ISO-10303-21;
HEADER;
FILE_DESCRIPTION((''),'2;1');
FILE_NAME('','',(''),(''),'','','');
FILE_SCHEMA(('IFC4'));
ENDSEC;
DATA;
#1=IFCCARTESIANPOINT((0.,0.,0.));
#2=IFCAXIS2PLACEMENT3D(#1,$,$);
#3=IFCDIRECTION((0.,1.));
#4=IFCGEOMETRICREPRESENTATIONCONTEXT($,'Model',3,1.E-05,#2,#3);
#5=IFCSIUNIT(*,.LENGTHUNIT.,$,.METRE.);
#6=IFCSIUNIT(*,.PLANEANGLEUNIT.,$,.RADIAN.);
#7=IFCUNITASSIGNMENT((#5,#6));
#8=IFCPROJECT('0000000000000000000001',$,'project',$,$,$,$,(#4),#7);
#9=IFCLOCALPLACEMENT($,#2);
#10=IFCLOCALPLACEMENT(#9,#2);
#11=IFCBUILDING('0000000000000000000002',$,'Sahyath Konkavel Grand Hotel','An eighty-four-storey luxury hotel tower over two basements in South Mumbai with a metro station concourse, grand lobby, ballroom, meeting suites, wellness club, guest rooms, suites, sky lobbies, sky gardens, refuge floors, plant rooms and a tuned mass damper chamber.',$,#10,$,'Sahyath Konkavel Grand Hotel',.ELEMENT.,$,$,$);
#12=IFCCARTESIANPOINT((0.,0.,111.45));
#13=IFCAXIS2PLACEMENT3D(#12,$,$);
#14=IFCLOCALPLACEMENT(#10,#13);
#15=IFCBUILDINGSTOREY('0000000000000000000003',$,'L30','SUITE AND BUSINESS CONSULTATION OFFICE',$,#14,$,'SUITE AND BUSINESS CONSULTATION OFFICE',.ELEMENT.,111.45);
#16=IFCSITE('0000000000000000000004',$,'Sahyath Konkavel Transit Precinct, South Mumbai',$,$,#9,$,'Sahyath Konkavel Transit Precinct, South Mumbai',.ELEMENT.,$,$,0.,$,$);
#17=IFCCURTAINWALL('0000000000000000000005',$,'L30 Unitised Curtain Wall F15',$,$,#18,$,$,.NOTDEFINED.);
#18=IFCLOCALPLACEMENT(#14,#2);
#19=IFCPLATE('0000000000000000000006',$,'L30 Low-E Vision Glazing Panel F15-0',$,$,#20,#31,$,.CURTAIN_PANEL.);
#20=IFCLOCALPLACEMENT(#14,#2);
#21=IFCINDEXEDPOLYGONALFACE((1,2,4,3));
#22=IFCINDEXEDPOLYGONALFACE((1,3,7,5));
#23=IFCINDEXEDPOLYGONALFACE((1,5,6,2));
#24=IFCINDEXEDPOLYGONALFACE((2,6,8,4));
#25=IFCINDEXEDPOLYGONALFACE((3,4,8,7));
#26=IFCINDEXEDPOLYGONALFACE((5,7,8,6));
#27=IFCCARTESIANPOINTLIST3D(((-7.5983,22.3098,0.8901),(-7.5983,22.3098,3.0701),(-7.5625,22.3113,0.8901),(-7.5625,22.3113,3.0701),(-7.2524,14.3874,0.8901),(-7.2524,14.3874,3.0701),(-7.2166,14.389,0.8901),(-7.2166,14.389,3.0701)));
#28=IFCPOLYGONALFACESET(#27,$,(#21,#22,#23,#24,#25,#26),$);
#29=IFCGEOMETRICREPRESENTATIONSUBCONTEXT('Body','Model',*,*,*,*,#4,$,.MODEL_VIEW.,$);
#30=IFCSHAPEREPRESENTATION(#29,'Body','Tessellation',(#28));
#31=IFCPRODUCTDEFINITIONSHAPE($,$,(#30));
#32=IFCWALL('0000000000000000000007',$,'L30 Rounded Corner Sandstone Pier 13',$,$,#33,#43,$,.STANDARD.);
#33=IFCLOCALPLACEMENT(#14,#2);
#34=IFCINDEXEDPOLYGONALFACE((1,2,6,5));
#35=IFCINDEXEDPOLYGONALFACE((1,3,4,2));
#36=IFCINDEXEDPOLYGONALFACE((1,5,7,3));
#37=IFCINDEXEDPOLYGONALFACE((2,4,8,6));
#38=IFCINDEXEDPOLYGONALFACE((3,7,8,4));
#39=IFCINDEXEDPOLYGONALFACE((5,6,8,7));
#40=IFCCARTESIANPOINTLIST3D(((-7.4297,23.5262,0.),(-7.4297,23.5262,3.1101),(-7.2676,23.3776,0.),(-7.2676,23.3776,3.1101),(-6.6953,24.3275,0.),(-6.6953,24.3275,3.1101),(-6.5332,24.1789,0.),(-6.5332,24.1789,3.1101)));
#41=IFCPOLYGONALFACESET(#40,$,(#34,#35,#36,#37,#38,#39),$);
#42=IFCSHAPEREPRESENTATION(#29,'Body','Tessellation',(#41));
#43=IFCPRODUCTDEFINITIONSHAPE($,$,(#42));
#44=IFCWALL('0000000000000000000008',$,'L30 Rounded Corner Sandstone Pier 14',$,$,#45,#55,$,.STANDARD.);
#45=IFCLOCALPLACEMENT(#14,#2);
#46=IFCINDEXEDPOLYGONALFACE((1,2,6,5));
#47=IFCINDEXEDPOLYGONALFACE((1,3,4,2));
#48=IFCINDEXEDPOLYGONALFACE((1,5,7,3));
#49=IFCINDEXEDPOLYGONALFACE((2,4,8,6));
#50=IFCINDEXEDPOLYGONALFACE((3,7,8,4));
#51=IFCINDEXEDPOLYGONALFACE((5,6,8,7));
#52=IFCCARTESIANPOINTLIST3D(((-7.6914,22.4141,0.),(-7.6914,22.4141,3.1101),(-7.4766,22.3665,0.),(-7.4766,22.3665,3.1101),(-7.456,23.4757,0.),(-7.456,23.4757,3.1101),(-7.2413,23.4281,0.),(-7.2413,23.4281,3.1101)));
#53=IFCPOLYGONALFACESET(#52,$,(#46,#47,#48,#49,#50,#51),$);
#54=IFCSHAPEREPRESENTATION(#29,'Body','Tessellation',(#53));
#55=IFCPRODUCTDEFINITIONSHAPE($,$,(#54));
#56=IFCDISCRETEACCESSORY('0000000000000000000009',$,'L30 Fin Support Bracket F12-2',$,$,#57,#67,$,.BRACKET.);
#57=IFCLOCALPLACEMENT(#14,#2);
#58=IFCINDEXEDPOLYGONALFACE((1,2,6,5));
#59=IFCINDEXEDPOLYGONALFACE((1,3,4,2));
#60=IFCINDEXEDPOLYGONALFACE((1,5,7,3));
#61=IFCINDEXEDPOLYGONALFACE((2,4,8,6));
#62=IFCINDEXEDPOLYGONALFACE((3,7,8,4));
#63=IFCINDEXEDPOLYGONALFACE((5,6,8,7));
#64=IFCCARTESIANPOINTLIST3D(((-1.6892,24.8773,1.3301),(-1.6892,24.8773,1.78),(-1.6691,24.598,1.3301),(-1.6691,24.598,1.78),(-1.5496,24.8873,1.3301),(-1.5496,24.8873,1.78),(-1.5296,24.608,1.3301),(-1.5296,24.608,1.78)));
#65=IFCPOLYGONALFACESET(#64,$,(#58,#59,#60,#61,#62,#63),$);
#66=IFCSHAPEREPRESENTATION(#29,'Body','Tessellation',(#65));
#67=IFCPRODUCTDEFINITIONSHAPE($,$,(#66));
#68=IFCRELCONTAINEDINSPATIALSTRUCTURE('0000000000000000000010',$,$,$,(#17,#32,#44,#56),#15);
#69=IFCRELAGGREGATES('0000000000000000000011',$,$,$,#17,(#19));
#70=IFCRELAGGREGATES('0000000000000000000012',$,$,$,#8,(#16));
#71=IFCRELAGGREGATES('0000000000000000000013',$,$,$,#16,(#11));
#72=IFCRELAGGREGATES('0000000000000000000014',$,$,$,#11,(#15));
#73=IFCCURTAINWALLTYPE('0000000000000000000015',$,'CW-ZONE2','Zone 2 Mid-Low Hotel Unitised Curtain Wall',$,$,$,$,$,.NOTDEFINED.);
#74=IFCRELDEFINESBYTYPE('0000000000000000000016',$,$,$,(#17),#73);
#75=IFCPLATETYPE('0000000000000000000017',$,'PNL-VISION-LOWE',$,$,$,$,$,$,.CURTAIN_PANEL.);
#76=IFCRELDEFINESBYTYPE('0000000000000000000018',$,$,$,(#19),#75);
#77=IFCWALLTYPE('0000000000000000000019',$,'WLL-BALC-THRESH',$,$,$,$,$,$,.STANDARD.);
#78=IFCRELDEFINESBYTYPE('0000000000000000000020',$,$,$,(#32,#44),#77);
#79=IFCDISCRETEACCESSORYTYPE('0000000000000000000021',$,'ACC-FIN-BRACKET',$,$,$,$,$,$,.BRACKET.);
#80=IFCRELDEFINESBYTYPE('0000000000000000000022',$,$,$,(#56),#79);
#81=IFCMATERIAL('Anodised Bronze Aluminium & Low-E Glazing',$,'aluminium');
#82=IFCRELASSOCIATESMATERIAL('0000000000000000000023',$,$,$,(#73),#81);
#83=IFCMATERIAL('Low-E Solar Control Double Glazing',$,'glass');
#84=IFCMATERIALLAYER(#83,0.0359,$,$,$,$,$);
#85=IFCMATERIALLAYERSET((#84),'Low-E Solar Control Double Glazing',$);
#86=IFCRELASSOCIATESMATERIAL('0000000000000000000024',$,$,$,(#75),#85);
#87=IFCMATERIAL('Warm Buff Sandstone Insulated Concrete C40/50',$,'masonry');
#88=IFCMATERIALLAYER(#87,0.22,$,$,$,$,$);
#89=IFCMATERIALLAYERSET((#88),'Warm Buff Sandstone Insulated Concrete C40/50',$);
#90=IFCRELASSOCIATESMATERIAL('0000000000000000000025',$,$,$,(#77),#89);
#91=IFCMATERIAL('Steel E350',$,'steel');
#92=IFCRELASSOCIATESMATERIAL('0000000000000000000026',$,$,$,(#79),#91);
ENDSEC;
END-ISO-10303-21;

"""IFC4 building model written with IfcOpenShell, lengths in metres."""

from ifc_helpers import new_model, si_unit, direction, frame, frame_2d, origin, origin_2d, place, context, subcontext, project, spatial, rectangle, extrude, source, transform, mapped, material, layer, layer_set, type_object, element, aggregate, save


model = new_model("IFC4")

# Units and contexts
model_context = context("Model", 3, precision=1e-05, world=origin(), true_north=direction((0.0, 1.0)))
body_context = subcontext(model_context, "Body", "Model", "MODEL_VIEW")
ifc_project = project(units=[si_unit("LENGTHUNIT", "METRE"), si_unit("PLANEANGLEUNIT", "RADIAN")], contexts=[model_context])

# Site, building, storey
site_placement = place(None, origin())
site = spatial("IfcSite", under=ifc_project, at=site_placement, Name="Sahyath Konkavel Transit Precinct, South Mumbai", LongName="Sahyath Konkavel Transit Precinct, South Mumbai", CompositionType="ELEMENT", RefElevation=0.0)
building_placement = place(site_placement, origin())
building = spatial("IfcBuilding", under=site, at=building_placement, Name="Sahyath Konkavel Grand Hotel", Description="An eighty-four-storey luxury hotel tower over two basements in South Mumbai with a metro station concourse, grand lobby, ballroom, meeting suites, wellness club, guest rooms, suites, sky lobbies, sky gardens, refuge floors, plant rooms and a tuned mass damper chamber.", LongName="Sahyath Konkavel Grand Hotel", CompositionType="ELEMENT")
storey_placement = place(building_placement, frame((0.0, 0.0, 111.45)))
storey = spatial("IfcBuildingStorey", under=building, at=storey_placement, Name="L30", Description="SUITE AND BUSINESS CONSULTATION OFFICE", LongName="SUITE AND BUSINESS CONSULTATION OFFICE", CompositionType="ELEMENT", Elevation=111.45)

# Shared definitions
ifc_material_1 = material(Name="Steel E350", Category="steel")

# Shared definitions
ifc_material_2 = material(Name="Anodised Bronze Aluminium & Low-E Glazing", Category="aluminium")
curtain_wall_type = type_object("IfcCurtainWallType", Name="CW-ZONE2", Description="Zone 2 Mid-Low Hotel Unitised Curtain Wall", PredefinedType="NOTDEFINED", material=ifc_material_2)

# Curtain wall
curtain_wall_1_placement = place(storey_placement, origin())
curtain_wall_1 = element("IfcCurtainWall", 1, at=curtain_wall_1_placement, inside=storey, type_object=curtain_wall_type, Name="L30 Unitised Curtain Wall F15", PredefinedType="NOTDEFINED")

# Plate
ifc_material_3 = material(Name="Low-E Solar Control Double Glazing", Category="glass")
ifc_layer_1 = layer(ifc_material_3, 0.0359)
ifc_layer_set_1 = layer_set([ifc_layer_1], Name="Low-E Solar Control Double Glazing")
plate_type_1 = type_object("IfcPlateType", Name="PNL-VISION-LOWE", PredefinedType="CURTAIN_PANEL", material=ifc_layer_set_1)
shared_shape_1 = source(origin(), body_context, "Body", "SweptSolid", [
    extrude(rectangle(XDim=7.9299, YDim=0.0359, at=origin_2d()), origin(), (0.0, 0.0, 1.0), 2.1799),
])
plate_1_placement = place(storey_placement, frame((-7.4075, 18.3494, 0.8901), z_axis=(0.0, 0.0, 1.0), x_axis=(0.043619, -0.999048, 0.0)))
plate_1 = element("IfcPlate", 2, at=plate_1_placement, type_object=plate_type_1, Name="L30 Low-E Vision Glazing Panel F15-0", PredefinedType="CURTAIN_PANEL", context=body_context, shape_type="MappedRepresentation", body=[
    mapped(shared_shape_1, transform((0.0, 0.0, 0.0), scale=1.0)),
])
aggregate(curtain_wall_1, [plate_1])

# Walls
ifc_material_4 = material(Name="Warm Buff Sandstone Insulated Concrete C40/50", Category="masonry")
ifc_layer_2 = layer(ifc_material_4, 0.22)
ifc_layer_set_2 = layer_set([ifc_layer_2], Name="Warm Buff Sandstone Insulated Concrete C40/50")
wall_type = type_object("IfcWallType", Name="WLL-BALC-THRESH", PredefinedType="STANDARD", material=ifc_layer_set_2)
wall_1_placement = place(storey_placement, frame((-6.6143, 24.2532, 0.0), z_axis=(0.0, 0.0, 1.0), x_axis=(-0.675664, -0.73721, 0.0)))
element("IfcWall", 3, at=wall_1_placement, inside=storey, type_object=wall_type, Name="L30 Rounded Corner Sandstone Pier 13", PredefinedType="STANDARD", context=body_context, shape_type="SweptSolid", body=[
    extrude(rectangle(XDim=1.0869, YDim=0.22, at=frame_2d((0.5435, 0.0))), origin(), (0.0, 0.0, 1.0), 3.1101),
])
wall_2_placement = place(storey_placement, frame((-7.3486, 23.4519, 0.0), z_axis=(0.0, 0.0, 1.0), x_axis=(-0.216455, -0.976293, 0.0)))
element("IfcWall", 4, at=wall_2_placement, inside=storey, type_object=wall_type, Name="L30 Rounded Corner Sandstone Pier 14", PredefinedType="STANDARD", context=body_context, shape_type="SweptSolid", body=[
    extrude(rectangle(XDim=1.0874, YDim=0.22, at=frame_2d((0.5437, 0.0))), origin(), (0.0, 0.0, 1.0), 3.1101),
])

# Discrete accessory
discrete_accessory_type = type_object("IfcDiscreteAccessoryType", Name="ACC-FIN-BRACKET", PredefinedType="BRACKET", material=ifc_material_1)
shared_shape_2 = source(origin(), body_context, "Body", "SweptSolid", [
    extrude(rectangle(XDim=0.28, YDim=0.1399, at=origin_2d()), origin(), (0.0, 0.0, 1.0), 0.45),
])
discrete_accessory_placement = place(storey_placement, frame((-1.6094, 24.7427, 1.3301), z_axis=(0.0, 0.0, 1.0), x_axis=(-0.071567, 0.997436, 0.0)))
element("IfcDiscreteAccessory", 5, at=discrete_accessory_placement, inside=storey, type_object=discrete_accessory_type, Name="L30 Fin Support Bracket F12-2", PredefinedType="BRACKET", context=body_context, shape_type="MappedRepresentation", body=[
    mapped(shared_shape_2, transform((0.0, 0.0, 0.0), scale=1.0)),
])

save(model, "model.ifc")
